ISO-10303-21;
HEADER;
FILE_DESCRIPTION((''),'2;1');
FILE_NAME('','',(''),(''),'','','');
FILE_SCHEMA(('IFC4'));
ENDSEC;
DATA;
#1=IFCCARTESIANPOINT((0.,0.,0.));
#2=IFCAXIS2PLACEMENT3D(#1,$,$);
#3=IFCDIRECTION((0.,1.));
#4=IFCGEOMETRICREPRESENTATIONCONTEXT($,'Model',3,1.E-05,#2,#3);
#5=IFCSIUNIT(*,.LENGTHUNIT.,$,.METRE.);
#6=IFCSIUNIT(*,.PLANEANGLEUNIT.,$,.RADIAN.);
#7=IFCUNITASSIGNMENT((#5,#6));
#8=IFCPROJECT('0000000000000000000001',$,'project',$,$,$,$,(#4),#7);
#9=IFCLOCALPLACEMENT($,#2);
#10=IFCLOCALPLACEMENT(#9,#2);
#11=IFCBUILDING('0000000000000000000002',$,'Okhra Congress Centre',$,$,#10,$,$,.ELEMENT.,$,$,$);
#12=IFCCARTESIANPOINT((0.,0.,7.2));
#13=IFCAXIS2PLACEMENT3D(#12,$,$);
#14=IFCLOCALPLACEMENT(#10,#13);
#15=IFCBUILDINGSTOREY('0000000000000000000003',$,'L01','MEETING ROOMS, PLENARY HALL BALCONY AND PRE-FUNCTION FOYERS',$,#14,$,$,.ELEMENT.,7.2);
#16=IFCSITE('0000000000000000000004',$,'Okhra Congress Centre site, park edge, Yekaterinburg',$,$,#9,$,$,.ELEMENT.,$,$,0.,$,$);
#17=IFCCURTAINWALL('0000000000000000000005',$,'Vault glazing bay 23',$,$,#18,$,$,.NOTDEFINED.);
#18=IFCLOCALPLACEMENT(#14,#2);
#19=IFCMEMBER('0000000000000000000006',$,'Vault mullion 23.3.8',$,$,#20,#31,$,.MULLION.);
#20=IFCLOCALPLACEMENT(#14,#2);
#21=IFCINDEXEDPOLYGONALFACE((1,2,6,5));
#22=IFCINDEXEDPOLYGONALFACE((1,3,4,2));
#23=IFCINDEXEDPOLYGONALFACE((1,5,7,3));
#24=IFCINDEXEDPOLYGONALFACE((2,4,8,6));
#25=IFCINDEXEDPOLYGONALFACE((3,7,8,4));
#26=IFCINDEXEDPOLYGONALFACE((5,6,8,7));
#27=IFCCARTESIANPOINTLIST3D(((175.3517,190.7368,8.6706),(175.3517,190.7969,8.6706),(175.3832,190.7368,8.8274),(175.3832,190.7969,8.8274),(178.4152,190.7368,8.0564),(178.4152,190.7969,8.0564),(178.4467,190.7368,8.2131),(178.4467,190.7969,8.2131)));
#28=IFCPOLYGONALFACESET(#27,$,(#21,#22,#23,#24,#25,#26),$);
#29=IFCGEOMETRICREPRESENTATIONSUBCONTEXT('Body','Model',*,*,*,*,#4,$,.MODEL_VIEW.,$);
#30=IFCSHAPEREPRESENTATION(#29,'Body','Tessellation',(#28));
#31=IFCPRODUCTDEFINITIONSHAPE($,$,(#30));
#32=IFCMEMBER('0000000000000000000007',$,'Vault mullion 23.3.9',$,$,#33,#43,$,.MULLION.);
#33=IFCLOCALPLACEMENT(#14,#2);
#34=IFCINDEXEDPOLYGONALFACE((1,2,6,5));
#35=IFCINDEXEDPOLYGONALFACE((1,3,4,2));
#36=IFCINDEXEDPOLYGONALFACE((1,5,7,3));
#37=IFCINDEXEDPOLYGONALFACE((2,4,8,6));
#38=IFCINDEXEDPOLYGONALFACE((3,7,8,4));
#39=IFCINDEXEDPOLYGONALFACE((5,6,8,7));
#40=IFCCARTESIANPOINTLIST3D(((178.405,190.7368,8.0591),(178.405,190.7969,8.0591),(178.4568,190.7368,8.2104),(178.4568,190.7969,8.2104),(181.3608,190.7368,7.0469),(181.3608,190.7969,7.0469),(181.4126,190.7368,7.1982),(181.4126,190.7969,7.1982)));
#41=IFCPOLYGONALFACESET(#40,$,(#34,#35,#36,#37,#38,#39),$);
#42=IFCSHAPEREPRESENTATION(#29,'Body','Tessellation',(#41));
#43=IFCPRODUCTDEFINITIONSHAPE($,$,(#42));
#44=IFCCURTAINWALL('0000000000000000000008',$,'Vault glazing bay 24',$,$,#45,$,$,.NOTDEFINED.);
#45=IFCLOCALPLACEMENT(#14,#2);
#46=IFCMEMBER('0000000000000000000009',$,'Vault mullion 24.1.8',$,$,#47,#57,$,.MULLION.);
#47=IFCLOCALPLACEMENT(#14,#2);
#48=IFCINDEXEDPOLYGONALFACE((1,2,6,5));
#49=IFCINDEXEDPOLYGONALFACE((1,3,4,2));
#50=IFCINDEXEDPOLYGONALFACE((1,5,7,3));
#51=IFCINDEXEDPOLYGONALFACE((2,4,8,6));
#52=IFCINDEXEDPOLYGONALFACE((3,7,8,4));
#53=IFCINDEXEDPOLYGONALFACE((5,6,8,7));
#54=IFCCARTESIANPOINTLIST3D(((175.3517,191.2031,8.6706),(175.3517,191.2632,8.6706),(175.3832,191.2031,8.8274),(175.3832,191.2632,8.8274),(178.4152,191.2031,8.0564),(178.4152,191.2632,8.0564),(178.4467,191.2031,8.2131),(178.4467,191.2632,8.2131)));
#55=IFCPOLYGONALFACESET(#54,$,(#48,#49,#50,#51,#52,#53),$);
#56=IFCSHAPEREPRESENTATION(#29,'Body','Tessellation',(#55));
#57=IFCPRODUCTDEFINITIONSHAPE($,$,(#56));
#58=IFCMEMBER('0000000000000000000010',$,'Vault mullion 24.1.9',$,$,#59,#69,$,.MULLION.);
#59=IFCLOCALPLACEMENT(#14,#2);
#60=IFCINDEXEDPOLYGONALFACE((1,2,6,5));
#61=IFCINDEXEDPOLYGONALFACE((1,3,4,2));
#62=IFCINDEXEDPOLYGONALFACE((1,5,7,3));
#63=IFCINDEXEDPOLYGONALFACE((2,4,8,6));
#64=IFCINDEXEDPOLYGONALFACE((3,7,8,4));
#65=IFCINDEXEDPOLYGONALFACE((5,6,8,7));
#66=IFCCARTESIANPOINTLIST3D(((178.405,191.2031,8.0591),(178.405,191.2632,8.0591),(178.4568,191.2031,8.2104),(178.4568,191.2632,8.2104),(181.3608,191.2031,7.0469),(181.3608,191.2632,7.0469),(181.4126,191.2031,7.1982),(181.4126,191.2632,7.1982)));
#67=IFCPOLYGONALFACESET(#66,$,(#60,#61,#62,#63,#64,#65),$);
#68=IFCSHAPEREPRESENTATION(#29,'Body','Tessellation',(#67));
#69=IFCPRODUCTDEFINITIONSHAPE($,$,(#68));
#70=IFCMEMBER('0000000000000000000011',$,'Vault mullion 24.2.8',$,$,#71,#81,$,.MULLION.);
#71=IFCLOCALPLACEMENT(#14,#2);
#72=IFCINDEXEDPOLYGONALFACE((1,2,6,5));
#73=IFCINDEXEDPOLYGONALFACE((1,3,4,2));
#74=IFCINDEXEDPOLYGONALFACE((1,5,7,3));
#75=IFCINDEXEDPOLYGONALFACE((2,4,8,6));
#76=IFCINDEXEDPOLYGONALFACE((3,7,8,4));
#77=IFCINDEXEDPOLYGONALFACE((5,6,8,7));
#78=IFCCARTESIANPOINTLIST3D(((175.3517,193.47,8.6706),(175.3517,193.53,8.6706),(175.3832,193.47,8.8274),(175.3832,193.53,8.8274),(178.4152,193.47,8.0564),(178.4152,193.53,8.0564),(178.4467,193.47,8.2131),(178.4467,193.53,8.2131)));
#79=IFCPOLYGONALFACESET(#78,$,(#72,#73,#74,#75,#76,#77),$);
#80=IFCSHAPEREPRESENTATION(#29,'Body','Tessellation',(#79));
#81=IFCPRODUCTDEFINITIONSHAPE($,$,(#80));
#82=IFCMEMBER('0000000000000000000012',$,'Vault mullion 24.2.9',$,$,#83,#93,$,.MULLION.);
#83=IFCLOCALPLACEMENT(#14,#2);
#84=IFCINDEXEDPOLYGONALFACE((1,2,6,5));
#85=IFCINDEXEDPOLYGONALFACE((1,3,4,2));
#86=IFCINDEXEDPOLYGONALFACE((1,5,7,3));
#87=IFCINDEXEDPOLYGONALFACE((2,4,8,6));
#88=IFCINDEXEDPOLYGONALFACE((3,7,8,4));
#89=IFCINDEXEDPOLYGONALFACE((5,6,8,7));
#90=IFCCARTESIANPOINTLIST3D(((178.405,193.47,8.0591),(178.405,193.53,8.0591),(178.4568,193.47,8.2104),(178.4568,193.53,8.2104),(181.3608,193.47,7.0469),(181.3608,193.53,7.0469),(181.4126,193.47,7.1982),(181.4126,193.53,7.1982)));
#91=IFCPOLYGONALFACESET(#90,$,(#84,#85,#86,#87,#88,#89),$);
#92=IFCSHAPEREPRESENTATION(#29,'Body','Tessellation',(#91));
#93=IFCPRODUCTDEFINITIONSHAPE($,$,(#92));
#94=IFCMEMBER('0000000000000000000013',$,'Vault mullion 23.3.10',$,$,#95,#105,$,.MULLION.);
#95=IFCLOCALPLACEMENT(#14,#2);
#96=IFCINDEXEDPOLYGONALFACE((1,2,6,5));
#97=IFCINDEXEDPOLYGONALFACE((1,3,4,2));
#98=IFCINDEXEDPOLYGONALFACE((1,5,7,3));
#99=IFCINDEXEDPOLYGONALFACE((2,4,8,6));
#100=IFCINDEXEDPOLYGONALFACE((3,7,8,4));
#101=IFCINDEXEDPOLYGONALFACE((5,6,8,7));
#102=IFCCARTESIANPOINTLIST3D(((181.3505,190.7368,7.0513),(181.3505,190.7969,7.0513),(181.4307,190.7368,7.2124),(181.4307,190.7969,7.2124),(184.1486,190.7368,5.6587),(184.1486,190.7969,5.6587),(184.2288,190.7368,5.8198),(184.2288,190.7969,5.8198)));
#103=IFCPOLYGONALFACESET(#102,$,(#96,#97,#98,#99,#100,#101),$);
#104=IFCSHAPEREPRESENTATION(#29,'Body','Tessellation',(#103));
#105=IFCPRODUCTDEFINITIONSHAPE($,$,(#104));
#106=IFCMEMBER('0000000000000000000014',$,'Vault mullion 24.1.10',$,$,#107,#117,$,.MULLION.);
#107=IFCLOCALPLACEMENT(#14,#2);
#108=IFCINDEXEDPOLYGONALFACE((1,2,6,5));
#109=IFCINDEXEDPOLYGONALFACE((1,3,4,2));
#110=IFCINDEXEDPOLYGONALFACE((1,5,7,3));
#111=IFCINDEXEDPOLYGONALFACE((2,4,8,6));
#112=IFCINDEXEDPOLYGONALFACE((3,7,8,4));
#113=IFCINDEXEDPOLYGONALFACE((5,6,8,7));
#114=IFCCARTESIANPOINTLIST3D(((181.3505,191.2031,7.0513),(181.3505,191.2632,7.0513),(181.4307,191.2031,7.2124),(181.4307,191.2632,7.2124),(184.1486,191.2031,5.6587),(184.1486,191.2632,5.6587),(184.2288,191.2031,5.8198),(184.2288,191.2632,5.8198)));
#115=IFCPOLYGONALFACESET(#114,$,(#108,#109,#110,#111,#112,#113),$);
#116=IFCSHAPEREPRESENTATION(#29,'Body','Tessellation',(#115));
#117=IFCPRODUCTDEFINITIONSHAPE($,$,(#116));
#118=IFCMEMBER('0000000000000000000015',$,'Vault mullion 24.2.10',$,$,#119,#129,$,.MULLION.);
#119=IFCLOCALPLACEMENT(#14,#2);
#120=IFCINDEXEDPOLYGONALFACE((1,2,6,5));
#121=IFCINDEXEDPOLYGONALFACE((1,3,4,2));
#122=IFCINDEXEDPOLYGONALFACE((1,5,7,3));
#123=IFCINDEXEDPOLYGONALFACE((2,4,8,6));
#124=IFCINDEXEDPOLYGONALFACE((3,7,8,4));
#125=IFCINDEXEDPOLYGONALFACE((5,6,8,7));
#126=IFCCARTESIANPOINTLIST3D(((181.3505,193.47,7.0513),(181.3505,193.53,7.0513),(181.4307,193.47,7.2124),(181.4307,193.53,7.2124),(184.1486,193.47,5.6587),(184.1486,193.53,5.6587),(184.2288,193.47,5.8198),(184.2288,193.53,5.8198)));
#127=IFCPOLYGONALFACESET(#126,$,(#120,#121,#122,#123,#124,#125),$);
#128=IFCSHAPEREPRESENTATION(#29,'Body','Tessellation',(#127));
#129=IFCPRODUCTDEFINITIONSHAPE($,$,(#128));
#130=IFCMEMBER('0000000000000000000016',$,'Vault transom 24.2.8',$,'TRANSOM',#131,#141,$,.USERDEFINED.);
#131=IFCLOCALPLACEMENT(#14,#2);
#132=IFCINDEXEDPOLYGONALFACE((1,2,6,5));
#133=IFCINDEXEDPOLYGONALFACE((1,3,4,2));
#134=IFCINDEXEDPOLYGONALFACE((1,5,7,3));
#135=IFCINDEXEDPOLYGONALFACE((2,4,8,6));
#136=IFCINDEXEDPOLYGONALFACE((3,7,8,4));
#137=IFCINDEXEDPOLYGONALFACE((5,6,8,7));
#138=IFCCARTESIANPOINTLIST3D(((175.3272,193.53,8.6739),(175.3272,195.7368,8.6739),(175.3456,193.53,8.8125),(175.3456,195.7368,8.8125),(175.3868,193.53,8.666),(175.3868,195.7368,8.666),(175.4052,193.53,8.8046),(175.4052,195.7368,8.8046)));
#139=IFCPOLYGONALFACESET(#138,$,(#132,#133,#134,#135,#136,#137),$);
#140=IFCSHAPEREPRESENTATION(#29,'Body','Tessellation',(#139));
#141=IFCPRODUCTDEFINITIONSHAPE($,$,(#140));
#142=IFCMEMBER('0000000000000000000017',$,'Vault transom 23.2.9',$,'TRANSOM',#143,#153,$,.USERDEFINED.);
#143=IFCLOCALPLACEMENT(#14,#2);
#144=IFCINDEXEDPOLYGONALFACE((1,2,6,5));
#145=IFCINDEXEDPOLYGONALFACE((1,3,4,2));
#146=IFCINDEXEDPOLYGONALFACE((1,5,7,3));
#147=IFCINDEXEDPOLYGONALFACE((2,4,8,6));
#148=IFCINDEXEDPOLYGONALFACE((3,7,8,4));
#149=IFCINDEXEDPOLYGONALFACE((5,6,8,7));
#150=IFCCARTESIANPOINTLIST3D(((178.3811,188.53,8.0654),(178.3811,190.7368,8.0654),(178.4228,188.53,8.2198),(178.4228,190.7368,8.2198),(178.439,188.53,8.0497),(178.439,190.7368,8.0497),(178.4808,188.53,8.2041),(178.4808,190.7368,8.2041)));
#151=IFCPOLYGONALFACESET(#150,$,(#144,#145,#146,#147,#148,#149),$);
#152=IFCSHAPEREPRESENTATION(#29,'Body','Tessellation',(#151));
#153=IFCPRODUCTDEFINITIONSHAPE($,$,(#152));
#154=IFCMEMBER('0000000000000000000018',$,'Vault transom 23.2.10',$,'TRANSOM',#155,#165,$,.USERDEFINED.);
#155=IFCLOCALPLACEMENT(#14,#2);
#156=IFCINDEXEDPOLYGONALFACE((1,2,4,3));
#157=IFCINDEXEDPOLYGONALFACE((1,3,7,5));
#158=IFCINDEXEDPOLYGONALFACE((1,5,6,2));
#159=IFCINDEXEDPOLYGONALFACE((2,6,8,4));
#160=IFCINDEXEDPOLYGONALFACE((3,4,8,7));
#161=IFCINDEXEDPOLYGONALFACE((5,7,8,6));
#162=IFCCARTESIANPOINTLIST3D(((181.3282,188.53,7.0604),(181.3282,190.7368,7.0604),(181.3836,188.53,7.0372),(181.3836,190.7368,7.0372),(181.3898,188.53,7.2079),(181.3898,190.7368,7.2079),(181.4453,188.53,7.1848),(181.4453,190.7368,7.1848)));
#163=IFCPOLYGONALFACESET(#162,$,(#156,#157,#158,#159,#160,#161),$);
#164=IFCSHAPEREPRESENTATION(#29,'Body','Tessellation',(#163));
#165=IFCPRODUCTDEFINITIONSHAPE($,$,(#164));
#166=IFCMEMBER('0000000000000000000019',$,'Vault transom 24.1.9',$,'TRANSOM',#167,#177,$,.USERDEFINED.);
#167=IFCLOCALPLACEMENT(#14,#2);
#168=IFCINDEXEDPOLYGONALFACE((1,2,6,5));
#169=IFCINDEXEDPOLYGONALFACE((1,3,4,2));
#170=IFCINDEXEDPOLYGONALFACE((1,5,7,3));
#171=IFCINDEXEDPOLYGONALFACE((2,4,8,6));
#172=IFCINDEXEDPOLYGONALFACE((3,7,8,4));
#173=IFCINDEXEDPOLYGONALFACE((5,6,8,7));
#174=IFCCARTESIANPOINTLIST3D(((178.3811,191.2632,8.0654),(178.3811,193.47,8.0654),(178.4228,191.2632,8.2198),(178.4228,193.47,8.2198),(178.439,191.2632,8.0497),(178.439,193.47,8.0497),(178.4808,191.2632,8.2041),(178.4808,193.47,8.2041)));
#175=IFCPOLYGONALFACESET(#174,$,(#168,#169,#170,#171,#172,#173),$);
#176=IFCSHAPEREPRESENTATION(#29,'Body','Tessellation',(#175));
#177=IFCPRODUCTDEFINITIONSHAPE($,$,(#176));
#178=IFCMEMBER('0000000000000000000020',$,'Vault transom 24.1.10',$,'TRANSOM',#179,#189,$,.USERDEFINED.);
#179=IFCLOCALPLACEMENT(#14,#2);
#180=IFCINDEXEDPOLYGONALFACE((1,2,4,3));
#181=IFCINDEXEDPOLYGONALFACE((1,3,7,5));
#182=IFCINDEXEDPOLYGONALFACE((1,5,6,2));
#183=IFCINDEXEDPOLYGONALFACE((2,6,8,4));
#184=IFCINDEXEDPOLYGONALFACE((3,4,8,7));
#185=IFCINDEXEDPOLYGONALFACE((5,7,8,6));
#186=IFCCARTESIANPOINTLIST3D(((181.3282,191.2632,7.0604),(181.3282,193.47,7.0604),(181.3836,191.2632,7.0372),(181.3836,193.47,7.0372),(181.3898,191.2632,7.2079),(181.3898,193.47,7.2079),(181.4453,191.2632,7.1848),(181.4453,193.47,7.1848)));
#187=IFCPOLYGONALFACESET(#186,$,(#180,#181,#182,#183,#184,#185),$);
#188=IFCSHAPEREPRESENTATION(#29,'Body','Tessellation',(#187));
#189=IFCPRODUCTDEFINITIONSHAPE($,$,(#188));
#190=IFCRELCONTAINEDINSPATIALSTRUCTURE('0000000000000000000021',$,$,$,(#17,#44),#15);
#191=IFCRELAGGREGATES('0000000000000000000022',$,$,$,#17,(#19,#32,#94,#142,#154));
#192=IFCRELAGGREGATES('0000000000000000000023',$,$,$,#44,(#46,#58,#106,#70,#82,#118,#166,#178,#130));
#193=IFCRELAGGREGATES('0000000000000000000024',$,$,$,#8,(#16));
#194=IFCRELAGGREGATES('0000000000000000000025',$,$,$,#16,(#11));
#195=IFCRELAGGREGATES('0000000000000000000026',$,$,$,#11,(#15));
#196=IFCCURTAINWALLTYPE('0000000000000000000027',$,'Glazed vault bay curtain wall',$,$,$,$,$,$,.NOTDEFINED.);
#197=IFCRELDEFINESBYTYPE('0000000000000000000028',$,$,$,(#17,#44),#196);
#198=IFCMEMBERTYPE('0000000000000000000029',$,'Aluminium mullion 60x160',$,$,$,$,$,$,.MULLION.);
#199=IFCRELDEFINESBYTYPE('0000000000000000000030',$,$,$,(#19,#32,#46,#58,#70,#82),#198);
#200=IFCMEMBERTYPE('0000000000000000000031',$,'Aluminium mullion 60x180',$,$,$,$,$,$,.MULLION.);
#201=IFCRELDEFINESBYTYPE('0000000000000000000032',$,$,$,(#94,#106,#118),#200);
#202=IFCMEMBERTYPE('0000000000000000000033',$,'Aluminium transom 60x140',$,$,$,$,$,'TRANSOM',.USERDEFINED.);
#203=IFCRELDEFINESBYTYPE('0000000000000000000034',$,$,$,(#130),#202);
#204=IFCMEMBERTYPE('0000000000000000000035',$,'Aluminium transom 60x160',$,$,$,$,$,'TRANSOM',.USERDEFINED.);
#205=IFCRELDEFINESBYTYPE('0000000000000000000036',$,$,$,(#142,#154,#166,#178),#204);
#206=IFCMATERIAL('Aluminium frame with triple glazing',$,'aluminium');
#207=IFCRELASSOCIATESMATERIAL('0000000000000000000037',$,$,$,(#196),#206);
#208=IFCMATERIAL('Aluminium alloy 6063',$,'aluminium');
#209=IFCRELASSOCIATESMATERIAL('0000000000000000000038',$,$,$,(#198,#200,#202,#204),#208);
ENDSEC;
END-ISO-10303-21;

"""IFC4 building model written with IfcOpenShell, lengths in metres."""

from ifc_helpers import new_model, si_unit, direction, frame, origin, origin_2d, place, context, subcontext, project, spatial, rectangle, extrude, material, material_profile, profile_set, type_object, element, aggregate, save


model = new_model("IFC4")

# Units and contexts
model_context = context("Model", 3, precision=1e-05, world=origin(), true_north=direction((0.0, 1.0)))
body_context = subcontext(model_context, "Body", "Model", "MODEL_VIEW")
ifc_project = project(units=[si_unit("LENGTHUNIT", "METRE"), si_unit("PLANEANGLEUNIT", "RADIAN")], contexts=[model_context])

# Site, building, storey
site_placement = place(None, origin())
site = spatial("IfcSite", under=ifc_project, at=site_placement, Name="Okhra Congress Centre site, park edge, Yekaterinburg", CompositionType="ELEMENT", RefElevation=0.0)
building_placement = place(site_placement, origin())
building = spatial("IfcBuilding", under=site, at=building_placement, Name="Okhra Congress Centre", CompositionType="ELEMENT")
storey_placement = place(building_placement, frame((0.0, 0.0, 7.2)))
storey = spatial("IfcBuildingStorey", under=building, at=storey_placement, Name="L01", Description="MEETING ROOMS, PLENARY HALL BALCONY AND PRE-FUNCTION FOYERS", CompositionType="ELEMENT", Elevation=7.2)

# Curtain walls, members
ifc_material_1 = material(Name="Aluminium frame with triple glazing", Category="aluminium")
curtain_wall_type = type_object("IfcCurtainWallType", Name="Glazed vault bay curtain wall", PredefinedType="NOTDEFINED", material=ifc_material_1)
curtain_wall_1_placement = place(storey_placement, origin())
curtain_wall_1 = element("IfcCurtainWall", 1, at=curtain_wall_1_placement, inside=storey, type_object=curtain_wall_type, Name="Vault glazing bay 23", PredefinedType="NOTDEFINED")
ifc_material_2 = material(Name="Aluminium alloy 6063", Category="aluminium")
ifc_material_profile_1 = material_profile(ifc_material_2, rectangle(XDim=0.0601, YDim=0.1599, at=origin_2d()), Name="AL 60x160")
ifc_profile_set_1 = profile_set([ifc_material_profile_1], Name="Aluminium alloy 6063")
member_type_1 = type_object("IfcMemberType", Name="Aluminium mullion 60x160", PredefinedType="MULLION", material=ifc_profile_set_1)
member_1_placement = place(storey_placement, frame((175.3674, 190.7668, 8.749), z_axis=(0.980484, 0.0, -0.196597), x_axis=(0.0, 1.0, 0.0)))
member_1 = element("IfcMember", 2, at=member_1_placement, type_object=member_type_1, Name="Vault mullion 23.3.8", PredefinedType="MULLION", context=body_context, shape_type="SweptSolid", body=[
    extrude(rectangle(XDim=0.0601, YDim=0.1599, at=origin_2d()), origin(), (0.0, 0.0, 1.0), 3.1245),
])
member_2_placement = place(storey_placement, frame((178.4309, 190.7668, 8.1348), z_axis=(0.946065, 0.0, -0.323977), x_axis=(0.0, 1.0, 0.0)))
member_2 = element("IfcMember", 3, at=member_2_placement, type_object=member_type_1, Name="Vault mullion 23.3.9", PredefinedType="MULLION", context=body_context, shape_type="SweptSolid", body=[
    extrude(rectangle(XDim=0.0601, YDim=0.1599, at=origin_2d()), origin(), (0.0, 0.0, 1.0), 3.1243),
])
curtain_wall_2_placement = place(storey_placement, origin())
curtain_wall_2 = element("IfcCurtainWall", 4, at=curtain_wall_2_placement, inside=storey, type_object=curtain_wall_type, Name="Vault glazing bay 24", PredefinedType="NOTDEFINED")
member_3_placement = place(storey_placement, frame((175.3674, 191.2332, 8.749), z_axis=(0.980484, 0.0, -0.196597), x_axis=(0.0, 1.0, 0.0)))
member_3 = element("IfcMember", 5, at=member_3_placement, type_object=member_type_1, Name="Vault mullion 24.1.8", PredefinedType="MULLION", context=body_context, shape_type="SweptSolid", body=[
    extrude(rectangle(XDim=0.0601, YDim=0.1599, at=origin_2d()), origin(), (0.0, 0.0, 1.0), 3.1245),
])
member_4_placement = place(storey_placement, frame((178.4309, 191.2332, 8.1348), z_axis=(0.946065, 0.0, -0.323977), x_axis=(0.0, 1.0, 0.0)))
member_4 = element("IfcMember", 6, at=member_4_placement, type_object=member_type_1, Name="Vault mullion 24.1.9", PredefinedType="MULLION", context=body_context, shape_type="SweptSolid", body=[
    extrude(rectangle(XDim=0.0601, YDim=0.1599, at=origin_2d()), origin(), (0.0, 0.0, 1.0), 3.1243),
])
member_5_placement = place(storey_placement, frame((175.3674, 193.5, 8.749), z_axis=(0.980484, 0.0, -0.196597), x_axis=(0.0, 1.0, 0.0)))
member_5 = element("IfcMember", 7, at=member_5_placement, type_object=member_type_1, Name="Vault mullion 24.2.8", PredefinedType="MULLION", context=body_context, shape_type="SweptSolid", body=[
    extrude(rectangle(XDim=0.0601, YDim=0.1599, at=origin_2d()), origin(), (0.0, 0.0, 1.0), 3.1245),
])
member_6_placement = place(storey_placement, frame((178.4309, 193.5, 8.1348), z_axis=(0.946065, 0.0, -0.323977), x_axis=(0.0, 1.0, 0.0)))
member_6 = element("IfcMember", 8, at=member_6_placement, type_object=member_type_1, Name="Vault mullion 24.2.9", PredefinedType="MULLION", context=body_context, shape_type="SweptSolid", body=[
    extrude(rectangle(XDim=0.0601, YDim=0.1599, at=origin_2d()), origin(), (0.0, 0.0, 1.0), 3.1243),
])

# Members
ifc_material_profile_2 = material_profile(ifc_material_2, rectangle(XDim=0.0601, YDim=0.1799, at=origin_2d()), Name="AL 60x180")
ifc_profile_set_2 = profile_set([ifc_material_profile_2], Name="Aluminium alloy 6063")
member_type_2 = type_object("IfcMemberType", Name="Aluminium mullion 60x180", PredefinedType="MULLION", material=ifc_profile_set_2)
member_7_placement = place(storey_placement, frame((181.3906, 190.7668, 7.1318), z_axis=(0.895254, 0.0, -0.445557), x_axis=(0.0, 1.0, 0.0)))
member_7 = element("IfcMember", 9, at=member_7_placement, type_object=member_type_2, Name="Vault mullion 23.3.10", PredefinedType="MULLION", context=body_context, shape_type="SweptSolid", body=[
    extrude(rectangle(XDim=0.0601, YDim=0.1799, at=origin_2d()), origin(), (0.0, 0.0, 1.0), 3.1255),
])
member_8_placement = place(storey_placement, frame((181.3906, 191.2332, 7.1318), z_axis=(0.895254, 0.0, -0.445557), x_axis=(0.0, 1.0, 0.0)))
member_8 = element("IfcMember", 10, at=member_8_placement, type_object=member_type_2, Name="Vault mullion 24.1.10", PredefinedType="MULLION", context=body_context, shape_type="SweptSolid", body=[
    extrude(rectangle(XDim=0.0601, YDim=0.1799, at=origin_2d()), origin(), (0.0, 0.0, 1.0), 3.1255),
])
member_9_placement = place(storey_placement, frame((181.3906, 193.5, 7.1318), z_axis=(0.895254, 0.0, -0.445557), x_axis=(0.0, 1.0, 0.0)))
member_9 = element("IfcMember", 11, at=member_9_placement, type_object=member_type_2, Name="Vault mullion 24.2.10", PredefinedType="MULLION", context=body_context, shape_type="SweptSolid", body=[
    extrude(rectangle(XDim=0.0601, YDim=0.1799, at=origin_2d()), origin(), (0.0, 0.0, 1.0), 3.1255),
])
ifc_material_profile_3 = material_profile(ifc_material_2, rectangle(XDim=0.0601, YDim=0.1399, at=origin_2d()), Name="AL 60x140 transom")
ifc_profile_set_3 = profile_set([ifc_material_profile_3], Name="Aluminium alloy 6063")
member_type_3 = type_object("IfcMemberType", Name="Aluminium transom 60x140", ElementType="TRANSOM", PredefinedType="USERDEFINED", material=ifc_profile_set_3)
member_10_placement = place(storey_placement, frame((175.3662, 193.53, 8.7393), z_axis=(0.0, 1.0, 0.0), x_axis=(-0.991307, 0.0, 0.131568)))
member_10 = element("IfcMember", 12, at=member_10_placement, type_object=member_type_3, Name="Vault transom 24.2.8", ObjectType="TRANSOM", PredefinedType="USERDEFINED", context=body_context, shape_type="SweptSolid", body=[
    extrude(rectangle(XDim=0.0601, YDim=0.1399, at=origin_2d()), origin(), (0.0, 0.0, 1.0), 2.2068),
])
ifc_material_profile_4 = material_profile(ifc_material_2, rectangle(XDim=0.0601, YDim=0.1599, at=origin_2d()), Name="AL 60x160 transom")
ifc_profile_set_4 = profile_set([ifc_material_profile_4], Name="Aluminium alloy 6063")
member_type_4 = type_object("IfcMemberType", Name="Aluminium transom 60x160", ElementType="TRANSOM", PredefinedType="USERDEFINED", material=ifc_profile_set_4)
member_11_placement = place(storey_placement, frame((178.4309, 188.53, 8.1348), z_axis=(0.0, 1.0, 0.0), x_axis=(-0.96538, 0.0, 0.260848)))
member_11 = element("IfcMember", 13, at=member_11_placement, type_object=member_type_4, Name="Vault transom 23.2.9", ObjectType="TRANSOM", PredefinedType="USERDEFINED", context=body_context, shape_type="SweptSolid", body=[
    extrude(rectangle(XDim=0.0601, YDim=0.1599, at=origin_2d()), origin(), (0.0, 0.0, 1.0), 2.2068),
])
member_12_placement = place(storey_placement, frame((181.3867, 188.53, 7.1226), z_axis=(0.0, 1.0, 0.0), x_axis=(-0.922669, 0.0, 0.385593)))
member_12 = element("IfcMember", 14, at=member_12_placement, type_object=member_type_4, Name="Vault transom 23.2.10", ObjectType="TRANSOM", PredefinedType="USERDEFINED", context=body_context, shape_type="SweptSolid", body=[
    extrude(rectangle(XDim=0.0601, YDim=0.1599, at=origin_2d()), origin(), (0.0, 0.0, 1.0), 2.2068),
])
member_13_placement = place(storey_placement, frame((178.4309, 191.2632, 8.1348), z_axis=(0.0, 1.0, 0.0), x_axis=(-0.96538, 0.0, 0.260848)))
member_13 = element("IfcMember", 15, at=member_13_placement, type_object=member_type_4, Name="Vault transom 24.1.9", ObjectType="TRANSOM", PredefinedType="USERDEFINED", context=body_context, shape_type="SweptSolid", body=[
    extrude(rectangle(XDim=0.0601, YDim=0.1599, at=origin_2d()), origin(), (0.0, 0.0, 1.0), 2.2068),
])
member_14_placement = place(storey_placement, frame((181.3867, 191.2632, 7.1226), z_axis=(0.0, 1.0, 0.0), x_axis=(-0.922669, 0.0, 0.385593)))
member_14 = element("IfcMember", 16, at=member_14_placement, type_object=member_type_4, Name="Vault transom 24.1.10", ObjectType="TRANSOM", PredefinedType="USERDEFINED", context=body_context, shape_type="SweptSolid", body=[
    extrude(rectangle(XDim=0.0601, YDim=0.1599, at=origin_2d()), origin(), (0.0, 0.0, 1.0), 2.2068),
])

aggregate(curtain_wall_1, [member_1, member_2, member_7, member_11, member_12])
aggregate(curtain_wall_2, [member_3, member_4, member_8, member_5, member_6, member_9, member_13, member_14, member_10])

save(model, "model.ifc")
